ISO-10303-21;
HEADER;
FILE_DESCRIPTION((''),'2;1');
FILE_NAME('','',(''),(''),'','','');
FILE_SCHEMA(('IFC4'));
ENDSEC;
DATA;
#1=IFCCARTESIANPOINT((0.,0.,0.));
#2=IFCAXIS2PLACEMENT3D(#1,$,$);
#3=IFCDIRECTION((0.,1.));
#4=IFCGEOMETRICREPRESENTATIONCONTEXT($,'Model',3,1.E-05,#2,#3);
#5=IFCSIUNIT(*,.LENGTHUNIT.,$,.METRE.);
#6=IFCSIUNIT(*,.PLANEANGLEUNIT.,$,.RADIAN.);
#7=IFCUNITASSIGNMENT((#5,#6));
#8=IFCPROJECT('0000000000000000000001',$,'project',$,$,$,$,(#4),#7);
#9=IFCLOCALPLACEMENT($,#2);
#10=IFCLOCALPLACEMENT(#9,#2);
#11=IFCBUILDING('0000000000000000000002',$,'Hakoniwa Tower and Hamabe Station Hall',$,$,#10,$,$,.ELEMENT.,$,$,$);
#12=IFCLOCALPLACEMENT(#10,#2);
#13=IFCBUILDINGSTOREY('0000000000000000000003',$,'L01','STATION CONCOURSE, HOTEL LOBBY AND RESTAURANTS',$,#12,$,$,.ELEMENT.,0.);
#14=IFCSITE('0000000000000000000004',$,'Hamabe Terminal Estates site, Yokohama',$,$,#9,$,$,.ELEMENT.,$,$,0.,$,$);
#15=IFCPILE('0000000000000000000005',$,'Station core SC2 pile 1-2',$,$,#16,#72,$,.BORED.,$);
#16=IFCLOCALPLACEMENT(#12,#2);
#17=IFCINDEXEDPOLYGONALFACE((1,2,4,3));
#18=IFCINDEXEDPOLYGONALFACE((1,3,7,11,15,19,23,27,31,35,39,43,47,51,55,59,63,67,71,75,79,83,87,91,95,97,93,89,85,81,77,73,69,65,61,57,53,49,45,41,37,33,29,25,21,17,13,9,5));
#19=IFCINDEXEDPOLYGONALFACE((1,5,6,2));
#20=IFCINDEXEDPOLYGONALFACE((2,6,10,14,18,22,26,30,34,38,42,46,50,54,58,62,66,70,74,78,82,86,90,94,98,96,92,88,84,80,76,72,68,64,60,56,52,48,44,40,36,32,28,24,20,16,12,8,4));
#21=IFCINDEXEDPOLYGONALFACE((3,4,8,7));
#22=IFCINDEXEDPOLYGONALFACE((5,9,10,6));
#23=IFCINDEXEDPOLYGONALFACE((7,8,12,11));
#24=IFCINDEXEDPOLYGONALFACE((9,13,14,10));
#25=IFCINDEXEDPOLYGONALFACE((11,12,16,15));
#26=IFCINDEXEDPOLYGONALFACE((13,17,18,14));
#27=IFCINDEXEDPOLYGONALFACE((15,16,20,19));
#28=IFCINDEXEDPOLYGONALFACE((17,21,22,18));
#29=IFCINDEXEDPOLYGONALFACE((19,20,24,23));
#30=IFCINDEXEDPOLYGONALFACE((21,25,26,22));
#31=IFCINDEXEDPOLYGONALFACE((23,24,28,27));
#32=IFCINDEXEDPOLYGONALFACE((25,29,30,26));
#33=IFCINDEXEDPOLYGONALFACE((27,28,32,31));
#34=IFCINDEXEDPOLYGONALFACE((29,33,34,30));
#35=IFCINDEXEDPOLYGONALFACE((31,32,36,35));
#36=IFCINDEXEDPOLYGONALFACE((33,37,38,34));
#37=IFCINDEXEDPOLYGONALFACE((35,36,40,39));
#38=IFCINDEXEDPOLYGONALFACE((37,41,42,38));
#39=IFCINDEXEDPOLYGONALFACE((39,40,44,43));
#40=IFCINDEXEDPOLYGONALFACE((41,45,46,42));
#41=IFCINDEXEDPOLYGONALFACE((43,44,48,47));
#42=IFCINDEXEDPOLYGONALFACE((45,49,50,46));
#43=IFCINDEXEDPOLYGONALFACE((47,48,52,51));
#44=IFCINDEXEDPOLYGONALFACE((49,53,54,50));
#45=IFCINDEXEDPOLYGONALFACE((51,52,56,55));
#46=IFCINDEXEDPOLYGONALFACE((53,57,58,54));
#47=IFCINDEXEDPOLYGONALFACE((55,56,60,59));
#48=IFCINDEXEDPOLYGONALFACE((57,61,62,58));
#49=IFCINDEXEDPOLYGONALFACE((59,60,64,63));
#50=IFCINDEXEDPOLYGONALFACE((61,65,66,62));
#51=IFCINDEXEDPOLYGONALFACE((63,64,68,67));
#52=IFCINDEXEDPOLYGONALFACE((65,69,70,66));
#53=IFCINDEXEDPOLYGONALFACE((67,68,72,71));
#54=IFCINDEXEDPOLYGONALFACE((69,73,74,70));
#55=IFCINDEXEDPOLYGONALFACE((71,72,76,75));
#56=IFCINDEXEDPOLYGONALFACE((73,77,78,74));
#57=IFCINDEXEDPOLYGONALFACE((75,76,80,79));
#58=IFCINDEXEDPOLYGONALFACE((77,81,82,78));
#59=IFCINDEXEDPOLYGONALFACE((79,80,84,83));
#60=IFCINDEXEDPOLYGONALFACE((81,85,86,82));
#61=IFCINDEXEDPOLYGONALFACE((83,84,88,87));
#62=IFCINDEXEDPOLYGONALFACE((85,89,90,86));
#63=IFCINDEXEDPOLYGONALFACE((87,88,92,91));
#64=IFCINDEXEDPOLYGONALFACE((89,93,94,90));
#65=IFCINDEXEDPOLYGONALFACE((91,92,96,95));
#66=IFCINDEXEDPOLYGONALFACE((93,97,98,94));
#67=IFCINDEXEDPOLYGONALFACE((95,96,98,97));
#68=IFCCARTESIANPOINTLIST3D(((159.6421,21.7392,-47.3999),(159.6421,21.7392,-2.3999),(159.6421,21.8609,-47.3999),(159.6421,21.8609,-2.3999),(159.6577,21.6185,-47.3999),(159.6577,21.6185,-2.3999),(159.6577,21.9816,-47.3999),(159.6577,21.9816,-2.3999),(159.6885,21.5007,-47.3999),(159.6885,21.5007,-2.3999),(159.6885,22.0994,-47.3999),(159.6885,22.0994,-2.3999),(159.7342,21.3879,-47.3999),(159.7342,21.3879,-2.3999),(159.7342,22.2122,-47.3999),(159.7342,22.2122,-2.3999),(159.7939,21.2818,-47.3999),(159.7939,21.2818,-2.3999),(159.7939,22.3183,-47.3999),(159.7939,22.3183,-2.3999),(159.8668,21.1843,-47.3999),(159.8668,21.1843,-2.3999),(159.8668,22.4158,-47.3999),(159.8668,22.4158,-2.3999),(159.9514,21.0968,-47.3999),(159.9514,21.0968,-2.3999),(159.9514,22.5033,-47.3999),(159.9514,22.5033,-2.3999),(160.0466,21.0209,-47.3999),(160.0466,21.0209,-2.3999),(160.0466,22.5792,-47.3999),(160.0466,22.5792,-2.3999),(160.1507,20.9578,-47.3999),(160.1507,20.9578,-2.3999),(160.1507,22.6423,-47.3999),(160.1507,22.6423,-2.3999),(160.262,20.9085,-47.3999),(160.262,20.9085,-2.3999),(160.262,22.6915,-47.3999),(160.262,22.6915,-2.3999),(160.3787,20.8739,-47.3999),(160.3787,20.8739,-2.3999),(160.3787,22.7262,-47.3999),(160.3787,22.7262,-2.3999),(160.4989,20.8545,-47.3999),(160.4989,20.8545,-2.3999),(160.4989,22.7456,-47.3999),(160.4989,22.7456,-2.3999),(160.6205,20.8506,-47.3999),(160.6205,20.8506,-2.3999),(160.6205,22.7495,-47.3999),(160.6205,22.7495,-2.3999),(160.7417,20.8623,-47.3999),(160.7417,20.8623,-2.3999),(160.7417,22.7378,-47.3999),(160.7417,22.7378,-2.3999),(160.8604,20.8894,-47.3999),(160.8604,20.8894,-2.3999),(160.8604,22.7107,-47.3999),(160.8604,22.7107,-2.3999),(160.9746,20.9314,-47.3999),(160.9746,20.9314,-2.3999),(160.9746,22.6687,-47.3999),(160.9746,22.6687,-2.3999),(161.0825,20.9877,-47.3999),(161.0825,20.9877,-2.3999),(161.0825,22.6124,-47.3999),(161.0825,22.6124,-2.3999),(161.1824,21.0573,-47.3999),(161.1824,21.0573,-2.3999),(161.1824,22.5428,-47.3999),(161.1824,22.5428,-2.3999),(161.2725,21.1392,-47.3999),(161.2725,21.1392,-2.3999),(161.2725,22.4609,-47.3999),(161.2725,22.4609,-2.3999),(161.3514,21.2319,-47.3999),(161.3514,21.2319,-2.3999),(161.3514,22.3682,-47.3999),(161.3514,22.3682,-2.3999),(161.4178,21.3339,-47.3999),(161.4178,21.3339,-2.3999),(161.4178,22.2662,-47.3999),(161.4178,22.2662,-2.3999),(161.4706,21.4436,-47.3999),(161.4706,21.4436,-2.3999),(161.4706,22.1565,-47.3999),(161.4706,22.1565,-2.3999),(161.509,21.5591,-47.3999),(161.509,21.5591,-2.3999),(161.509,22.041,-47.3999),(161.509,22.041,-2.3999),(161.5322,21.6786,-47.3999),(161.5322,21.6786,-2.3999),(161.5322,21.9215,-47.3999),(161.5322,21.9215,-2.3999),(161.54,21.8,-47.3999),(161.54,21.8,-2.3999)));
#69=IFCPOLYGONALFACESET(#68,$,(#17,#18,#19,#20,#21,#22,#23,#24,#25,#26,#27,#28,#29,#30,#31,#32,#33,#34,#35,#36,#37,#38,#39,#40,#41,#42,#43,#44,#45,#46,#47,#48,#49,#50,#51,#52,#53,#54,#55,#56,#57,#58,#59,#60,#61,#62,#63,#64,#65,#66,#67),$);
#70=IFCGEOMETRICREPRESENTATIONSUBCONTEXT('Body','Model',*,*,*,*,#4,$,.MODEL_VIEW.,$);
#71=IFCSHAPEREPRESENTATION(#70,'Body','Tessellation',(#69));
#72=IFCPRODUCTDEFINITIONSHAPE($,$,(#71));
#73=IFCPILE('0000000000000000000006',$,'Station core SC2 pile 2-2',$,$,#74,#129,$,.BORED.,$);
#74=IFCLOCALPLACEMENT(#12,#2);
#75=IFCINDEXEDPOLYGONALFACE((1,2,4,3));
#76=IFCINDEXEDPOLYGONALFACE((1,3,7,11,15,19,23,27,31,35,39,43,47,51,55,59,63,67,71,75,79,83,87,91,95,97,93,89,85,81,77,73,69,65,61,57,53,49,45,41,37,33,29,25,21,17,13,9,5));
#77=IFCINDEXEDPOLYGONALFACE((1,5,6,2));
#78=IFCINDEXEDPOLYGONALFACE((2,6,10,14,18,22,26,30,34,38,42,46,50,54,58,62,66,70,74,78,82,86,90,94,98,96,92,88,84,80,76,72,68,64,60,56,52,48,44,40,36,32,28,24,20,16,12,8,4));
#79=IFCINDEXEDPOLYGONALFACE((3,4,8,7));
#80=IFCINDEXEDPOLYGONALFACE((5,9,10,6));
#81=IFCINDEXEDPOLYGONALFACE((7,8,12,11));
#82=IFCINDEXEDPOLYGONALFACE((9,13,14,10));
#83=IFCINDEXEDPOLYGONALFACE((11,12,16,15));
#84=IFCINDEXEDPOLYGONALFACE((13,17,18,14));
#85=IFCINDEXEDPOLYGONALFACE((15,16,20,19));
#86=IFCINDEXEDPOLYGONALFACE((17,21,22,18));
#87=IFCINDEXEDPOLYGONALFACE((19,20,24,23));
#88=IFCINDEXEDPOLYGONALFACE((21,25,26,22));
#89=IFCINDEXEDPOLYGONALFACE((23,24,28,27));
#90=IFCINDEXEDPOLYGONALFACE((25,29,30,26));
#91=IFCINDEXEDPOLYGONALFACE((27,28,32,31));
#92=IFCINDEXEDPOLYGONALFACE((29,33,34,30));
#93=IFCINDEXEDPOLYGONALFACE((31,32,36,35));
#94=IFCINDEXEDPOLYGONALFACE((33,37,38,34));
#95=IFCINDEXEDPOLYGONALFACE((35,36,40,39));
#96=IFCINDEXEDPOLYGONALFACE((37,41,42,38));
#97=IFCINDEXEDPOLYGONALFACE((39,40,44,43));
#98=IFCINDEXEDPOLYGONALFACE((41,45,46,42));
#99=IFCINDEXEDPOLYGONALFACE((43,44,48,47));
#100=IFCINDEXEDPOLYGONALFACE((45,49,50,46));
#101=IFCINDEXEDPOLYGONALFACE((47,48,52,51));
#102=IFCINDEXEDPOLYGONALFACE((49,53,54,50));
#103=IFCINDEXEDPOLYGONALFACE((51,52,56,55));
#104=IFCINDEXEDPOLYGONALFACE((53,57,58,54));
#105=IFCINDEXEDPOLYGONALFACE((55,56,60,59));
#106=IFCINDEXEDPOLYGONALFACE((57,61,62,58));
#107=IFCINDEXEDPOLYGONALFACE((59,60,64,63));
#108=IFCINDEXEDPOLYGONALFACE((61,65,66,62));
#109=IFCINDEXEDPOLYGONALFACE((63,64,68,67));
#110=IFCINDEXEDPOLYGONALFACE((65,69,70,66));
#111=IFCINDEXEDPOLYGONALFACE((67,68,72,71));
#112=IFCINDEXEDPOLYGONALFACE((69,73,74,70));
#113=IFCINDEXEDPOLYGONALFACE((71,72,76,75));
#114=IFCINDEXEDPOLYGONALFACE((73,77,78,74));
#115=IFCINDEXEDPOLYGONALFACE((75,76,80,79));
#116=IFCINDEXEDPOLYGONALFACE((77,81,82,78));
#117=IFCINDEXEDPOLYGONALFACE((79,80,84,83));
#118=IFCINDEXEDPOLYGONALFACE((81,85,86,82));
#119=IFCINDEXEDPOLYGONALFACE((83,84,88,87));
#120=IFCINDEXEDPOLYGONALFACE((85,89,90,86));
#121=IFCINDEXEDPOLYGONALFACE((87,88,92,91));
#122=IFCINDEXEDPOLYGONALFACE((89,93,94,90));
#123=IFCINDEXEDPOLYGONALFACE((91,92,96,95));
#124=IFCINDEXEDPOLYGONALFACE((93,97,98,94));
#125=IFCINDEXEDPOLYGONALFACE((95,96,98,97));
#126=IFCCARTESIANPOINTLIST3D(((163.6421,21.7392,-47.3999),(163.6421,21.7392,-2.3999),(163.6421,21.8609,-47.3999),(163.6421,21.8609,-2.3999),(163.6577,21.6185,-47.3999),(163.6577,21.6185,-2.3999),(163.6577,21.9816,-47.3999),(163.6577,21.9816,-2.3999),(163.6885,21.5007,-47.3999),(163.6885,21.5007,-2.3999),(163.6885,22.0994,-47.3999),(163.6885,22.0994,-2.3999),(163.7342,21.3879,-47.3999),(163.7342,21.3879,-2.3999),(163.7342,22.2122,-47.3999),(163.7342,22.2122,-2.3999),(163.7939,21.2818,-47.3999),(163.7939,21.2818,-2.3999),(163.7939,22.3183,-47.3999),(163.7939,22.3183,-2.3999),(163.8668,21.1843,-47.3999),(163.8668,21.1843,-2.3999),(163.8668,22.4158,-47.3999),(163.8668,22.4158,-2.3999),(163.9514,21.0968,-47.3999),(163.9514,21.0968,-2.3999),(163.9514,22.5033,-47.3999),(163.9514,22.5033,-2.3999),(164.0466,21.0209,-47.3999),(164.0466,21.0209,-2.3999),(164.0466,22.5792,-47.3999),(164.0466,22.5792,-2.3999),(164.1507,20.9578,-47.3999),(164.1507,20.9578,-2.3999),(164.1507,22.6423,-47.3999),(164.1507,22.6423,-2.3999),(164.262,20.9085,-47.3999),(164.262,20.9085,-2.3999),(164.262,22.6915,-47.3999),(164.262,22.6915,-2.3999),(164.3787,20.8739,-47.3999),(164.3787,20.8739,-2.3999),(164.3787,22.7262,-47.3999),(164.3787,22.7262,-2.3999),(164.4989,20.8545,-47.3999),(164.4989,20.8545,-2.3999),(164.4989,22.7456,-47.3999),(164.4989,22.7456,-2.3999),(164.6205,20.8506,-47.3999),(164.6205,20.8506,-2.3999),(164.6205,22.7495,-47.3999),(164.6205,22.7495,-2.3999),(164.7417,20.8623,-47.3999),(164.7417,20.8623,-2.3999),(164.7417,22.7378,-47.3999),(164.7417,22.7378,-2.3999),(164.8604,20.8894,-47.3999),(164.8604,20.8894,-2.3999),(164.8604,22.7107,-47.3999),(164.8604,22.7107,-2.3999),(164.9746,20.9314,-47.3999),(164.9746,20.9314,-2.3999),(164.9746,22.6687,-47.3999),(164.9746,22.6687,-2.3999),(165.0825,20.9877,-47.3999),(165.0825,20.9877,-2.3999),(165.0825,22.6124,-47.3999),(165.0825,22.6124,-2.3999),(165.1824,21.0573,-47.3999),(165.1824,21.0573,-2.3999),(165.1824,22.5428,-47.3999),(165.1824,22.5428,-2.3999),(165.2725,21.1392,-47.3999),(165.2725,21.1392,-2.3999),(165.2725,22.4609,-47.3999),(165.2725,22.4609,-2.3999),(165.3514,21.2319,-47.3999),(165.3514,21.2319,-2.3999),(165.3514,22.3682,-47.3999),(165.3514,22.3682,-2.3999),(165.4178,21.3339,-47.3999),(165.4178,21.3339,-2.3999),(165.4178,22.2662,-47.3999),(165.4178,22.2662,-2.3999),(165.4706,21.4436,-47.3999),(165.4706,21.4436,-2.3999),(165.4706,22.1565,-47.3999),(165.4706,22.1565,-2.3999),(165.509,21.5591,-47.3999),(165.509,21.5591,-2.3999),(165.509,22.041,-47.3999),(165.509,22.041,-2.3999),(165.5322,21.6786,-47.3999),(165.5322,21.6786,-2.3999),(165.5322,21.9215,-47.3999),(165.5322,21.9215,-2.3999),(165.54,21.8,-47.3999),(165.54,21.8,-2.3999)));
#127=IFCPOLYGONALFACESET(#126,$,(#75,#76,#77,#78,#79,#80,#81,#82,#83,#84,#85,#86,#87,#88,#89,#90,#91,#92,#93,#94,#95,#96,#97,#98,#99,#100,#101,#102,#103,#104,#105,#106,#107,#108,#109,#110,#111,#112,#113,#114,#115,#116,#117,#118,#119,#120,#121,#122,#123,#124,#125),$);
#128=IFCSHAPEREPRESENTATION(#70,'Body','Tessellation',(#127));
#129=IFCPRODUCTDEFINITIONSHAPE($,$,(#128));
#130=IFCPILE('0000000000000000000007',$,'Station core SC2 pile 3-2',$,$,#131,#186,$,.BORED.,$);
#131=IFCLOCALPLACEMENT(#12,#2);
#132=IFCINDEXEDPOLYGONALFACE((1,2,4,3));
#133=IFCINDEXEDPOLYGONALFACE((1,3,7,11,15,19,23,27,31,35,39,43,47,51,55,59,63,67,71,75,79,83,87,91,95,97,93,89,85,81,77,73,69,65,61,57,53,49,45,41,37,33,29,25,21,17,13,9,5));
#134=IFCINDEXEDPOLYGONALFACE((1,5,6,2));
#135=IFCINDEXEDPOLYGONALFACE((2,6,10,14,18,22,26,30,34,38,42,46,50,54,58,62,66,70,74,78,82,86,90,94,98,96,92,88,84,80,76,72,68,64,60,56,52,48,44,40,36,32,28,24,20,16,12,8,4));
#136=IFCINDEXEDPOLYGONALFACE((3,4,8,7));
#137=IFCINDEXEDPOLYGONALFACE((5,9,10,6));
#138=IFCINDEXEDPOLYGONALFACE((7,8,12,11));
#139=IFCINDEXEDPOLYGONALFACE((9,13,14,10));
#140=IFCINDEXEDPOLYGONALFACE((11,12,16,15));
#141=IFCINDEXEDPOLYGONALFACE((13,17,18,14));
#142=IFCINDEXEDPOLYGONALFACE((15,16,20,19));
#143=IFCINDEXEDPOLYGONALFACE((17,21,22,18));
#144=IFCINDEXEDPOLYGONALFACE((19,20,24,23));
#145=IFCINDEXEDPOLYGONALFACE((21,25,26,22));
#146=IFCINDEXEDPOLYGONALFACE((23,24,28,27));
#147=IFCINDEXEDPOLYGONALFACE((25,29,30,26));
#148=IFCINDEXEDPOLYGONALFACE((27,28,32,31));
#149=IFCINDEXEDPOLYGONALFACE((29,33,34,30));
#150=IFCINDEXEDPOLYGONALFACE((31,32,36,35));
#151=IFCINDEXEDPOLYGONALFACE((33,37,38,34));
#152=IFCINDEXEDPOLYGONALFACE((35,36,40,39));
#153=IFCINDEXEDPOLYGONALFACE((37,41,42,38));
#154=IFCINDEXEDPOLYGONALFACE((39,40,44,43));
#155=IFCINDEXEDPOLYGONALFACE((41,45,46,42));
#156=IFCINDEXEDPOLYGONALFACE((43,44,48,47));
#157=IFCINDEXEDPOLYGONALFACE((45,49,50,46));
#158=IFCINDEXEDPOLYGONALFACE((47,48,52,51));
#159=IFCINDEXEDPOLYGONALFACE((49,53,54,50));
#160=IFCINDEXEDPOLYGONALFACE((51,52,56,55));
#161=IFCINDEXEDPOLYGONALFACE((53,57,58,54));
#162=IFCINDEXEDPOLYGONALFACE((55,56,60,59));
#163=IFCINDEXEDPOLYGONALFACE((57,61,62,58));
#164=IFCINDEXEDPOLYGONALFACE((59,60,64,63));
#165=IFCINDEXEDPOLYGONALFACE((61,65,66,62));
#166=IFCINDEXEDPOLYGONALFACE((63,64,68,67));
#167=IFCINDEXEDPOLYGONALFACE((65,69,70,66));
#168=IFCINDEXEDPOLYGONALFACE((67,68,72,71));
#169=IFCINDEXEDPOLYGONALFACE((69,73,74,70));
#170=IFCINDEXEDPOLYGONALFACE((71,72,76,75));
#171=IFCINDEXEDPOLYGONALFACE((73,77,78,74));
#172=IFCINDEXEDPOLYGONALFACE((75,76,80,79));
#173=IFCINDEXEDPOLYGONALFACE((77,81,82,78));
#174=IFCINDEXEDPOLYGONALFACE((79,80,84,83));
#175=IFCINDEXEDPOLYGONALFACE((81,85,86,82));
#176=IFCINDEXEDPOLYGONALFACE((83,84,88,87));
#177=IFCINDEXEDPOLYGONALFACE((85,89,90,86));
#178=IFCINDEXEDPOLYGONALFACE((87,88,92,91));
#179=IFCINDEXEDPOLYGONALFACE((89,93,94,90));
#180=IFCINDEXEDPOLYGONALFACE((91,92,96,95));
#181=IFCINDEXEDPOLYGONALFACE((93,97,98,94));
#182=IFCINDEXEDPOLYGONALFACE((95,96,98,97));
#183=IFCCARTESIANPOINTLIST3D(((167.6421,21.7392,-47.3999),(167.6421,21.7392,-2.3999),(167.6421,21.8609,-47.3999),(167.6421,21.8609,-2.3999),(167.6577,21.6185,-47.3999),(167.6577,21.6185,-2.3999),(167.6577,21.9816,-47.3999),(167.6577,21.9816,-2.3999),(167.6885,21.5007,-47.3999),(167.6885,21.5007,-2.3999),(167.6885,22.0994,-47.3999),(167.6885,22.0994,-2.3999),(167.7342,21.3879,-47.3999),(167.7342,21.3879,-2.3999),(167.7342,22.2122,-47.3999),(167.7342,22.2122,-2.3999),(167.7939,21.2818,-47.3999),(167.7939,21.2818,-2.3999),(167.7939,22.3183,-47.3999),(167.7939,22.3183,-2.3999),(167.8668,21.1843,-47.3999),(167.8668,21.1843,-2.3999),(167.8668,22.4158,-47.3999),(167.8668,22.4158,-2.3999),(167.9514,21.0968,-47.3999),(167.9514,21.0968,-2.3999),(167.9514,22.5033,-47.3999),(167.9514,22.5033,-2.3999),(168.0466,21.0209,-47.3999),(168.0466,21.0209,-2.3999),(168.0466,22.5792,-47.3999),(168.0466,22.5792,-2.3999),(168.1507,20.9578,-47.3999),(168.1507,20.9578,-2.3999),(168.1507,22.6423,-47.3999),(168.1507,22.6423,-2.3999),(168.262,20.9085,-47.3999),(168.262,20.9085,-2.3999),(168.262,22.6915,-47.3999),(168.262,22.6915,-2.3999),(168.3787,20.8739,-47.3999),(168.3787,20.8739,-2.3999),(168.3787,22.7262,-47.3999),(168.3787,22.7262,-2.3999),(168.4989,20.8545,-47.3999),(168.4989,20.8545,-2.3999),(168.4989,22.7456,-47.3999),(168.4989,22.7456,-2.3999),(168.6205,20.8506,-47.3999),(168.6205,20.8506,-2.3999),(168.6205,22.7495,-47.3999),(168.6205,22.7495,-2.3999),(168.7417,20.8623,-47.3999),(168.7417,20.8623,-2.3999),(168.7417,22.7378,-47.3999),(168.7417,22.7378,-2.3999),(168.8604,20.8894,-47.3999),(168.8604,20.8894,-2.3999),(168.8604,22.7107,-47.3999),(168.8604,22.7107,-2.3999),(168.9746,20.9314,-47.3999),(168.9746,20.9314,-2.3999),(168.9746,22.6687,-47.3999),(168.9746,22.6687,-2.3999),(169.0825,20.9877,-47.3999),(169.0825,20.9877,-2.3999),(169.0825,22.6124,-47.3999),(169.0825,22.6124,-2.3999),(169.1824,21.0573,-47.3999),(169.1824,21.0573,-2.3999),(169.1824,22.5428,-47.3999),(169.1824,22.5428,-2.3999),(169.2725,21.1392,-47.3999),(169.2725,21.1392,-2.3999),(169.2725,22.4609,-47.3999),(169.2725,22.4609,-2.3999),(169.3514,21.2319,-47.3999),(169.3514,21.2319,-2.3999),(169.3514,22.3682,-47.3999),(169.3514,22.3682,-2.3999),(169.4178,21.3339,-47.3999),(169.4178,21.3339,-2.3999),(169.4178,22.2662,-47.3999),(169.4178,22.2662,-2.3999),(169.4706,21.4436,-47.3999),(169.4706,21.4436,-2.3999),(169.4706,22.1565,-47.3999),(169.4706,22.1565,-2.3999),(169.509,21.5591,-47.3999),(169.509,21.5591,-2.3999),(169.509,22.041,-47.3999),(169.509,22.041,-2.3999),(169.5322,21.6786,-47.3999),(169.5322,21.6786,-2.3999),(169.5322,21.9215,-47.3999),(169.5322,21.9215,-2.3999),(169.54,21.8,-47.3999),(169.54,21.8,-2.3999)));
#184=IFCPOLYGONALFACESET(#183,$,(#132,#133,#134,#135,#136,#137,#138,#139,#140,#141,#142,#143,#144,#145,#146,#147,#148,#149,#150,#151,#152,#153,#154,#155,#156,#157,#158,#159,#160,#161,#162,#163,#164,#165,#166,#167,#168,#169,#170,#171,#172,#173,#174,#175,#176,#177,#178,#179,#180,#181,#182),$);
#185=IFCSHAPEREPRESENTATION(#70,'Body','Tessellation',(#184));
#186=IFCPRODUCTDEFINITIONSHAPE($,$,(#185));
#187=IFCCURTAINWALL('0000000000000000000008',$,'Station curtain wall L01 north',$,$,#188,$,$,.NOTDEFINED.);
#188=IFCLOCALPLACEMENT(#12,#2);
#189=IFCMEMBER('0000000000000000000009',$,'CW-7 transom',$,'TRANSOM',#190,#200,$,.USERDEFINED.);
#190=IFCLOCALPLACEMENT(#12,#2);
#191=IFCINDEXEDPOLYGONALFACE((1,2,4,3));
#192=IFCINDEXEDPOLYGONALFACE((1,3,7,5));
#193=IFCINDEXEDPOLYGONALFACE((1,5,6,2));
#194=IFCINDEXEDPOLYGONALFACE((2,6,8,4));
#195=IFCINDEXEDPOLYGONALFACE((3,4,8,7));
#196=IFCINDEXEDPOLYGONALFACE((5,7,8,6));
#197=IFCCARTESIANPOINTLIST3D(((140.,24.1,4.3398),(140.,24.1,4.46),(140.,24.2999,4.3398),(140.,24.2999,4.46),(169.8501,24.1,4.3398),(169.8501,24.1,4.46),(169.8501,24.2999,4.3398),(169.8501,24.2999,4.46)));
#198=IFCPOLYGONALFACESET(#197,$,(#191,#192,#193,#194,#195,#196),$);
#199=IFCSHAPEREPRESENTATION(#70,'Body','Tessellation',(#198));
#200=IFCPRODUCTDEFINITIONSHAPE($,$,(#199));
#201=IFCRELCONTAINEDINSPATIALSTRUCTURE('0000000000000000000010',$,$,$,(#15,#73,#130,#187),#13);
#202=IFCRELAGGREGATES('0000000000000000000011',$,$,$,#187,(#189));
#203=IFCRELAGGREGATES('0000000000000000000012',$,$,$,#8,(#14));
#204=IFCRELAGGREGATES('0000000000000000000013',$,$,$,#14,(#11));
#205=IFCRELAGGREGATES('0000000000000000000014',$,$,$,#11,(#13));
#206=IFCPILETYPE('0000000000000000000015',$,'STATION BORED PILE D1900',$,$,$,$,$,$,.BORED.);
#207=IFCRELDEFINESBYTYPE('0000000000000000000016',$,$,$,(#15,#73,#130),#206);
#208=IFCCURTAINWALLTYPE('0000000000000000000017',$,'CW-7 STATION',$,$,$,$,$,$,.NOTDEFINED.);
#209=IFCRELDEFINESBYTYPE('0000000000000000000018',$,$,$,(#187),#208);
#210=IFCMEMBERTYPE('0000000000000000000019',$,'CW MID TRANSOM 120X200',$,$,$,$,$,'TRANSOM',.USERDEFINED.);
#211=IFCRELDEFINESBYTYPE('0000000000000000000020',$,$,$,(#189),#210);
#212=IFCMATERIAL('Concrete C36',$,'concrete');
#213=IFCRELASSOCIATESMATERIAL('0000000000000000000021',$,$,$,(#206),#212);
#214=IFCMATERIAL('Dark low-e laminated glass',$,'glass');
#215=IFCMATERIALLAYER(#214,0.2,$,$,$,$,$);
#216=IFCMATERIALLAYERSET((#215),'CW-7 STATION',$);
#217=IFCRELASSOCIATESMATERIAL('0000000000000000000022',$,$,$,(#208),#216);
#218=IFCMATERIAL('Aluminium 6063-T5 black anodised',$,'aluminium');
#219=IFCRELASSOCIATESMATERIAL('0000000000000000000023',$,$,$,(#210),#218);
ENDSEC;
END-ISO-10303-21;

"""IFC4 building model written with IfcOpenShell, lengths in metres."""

from ifc_helpers import new_model, si_unit, direction, frame, origin, origin_2d, place, context, subcontext, project, spatial, rectangle, circle, extrude, material, layer, layer_set, material_profile, profile_set, type_object, element, aggregate, save


model = new_model("IFC4")

# Units and contexts
model_context = context("Model", 3, precision=1e-05, world=origin(), true_north=direction((0.0, 1.0)))
body_context = subcontext(model_context, "Body", "Model", "MODEL_VIEW")
ifc_project = project(units=[si_unit("LENGTHUNIT", "METRE"), si_unit("PLANEANGLEUNIT", "RADIAN")], contexts=[model_context])

# Site, building, storey
site_placement = place(None, origin())
site = spatial("IfcSite", under=ifc_project, at=site_placement, Name="Hamabe Terminal Estates site, Yokohama", CompositionType="ELEMENT", RefElevation=0.0)
building_placement = place(site_placement, origin())
building = spatial("IfcBuilding", under=site, at=building_placement, Name="Hakoniwa Tower and Hamabe Station Hall", CompositionType="ELEMENT")
storey_placement = place(building_placement, origin())
storey = spatial("IfcBuildingStorey", under=building, at=storey_placement, Name="L01", Description="STATION CONCOURSE, HOTEL LOBBY AND RESTAURANTS", CompositionType="ELEMENT", Elevation=0.0)

# Piles
ifc_material_1 = material(Name="Concrete C36", Category="concrete")
ifc_material_profile_1 = material_profile(ifc_material_1, circle(Radius=0.95, at=origin_2d()), Name="STATION BORED PILE D1900")
ifc_profile_set_1 = profile_set([ifc_material_profile_1], Name="Concrete C36")
pile_type = type_object("IfcPileType", Name="STATION BORED PILE D1900", PredefinedType="BORED", material=ifc_profile_set_1)
for number, where, z_axis, x_axis, name in (
    (1, (160.5901, 21.8, -2.3999), (0.0, 0.0, -1.0), (1.0, 0.0, 0.0), "Station core SC2 pile 1-2"),
    (2, (164.5901, 21.8, -2.3999), (0.0, 0.0, -1.0), (1.0, 0.0, 0.0), "Station core SC2 pile 2-2"),
    (3, (168.5901, 21.8, -2.3999), (0.0, 0.0, -1.0), (1.0, 0.0, 0.0), "Station core SC2 pile 3-2"),
):
    element("IfcPile", number, at=place(storey_placement, frame(where, z_axis=z_axis, x_axis=x_axis)), inside=storey, type_object=pile_type, Name=name, PredefinedType="BORED", context=body_context, shape_type="SweptSolid", body=[
        extrude(circle(Radius=0.95, at=origin_2d()), origin(), (0.0, 0.0, 1.0), 45.0),
    ])

# Curtain wall, member
ifc_material_2 = material(Name="Dark low-e laminated glass", Category="glass")
ifc_layer_1 = layer(ifc_material_2, 0.2)
ifc_layer_set_1 = layer_set([ifc_layer_1], Name="CW-7 STATION")
curtain_wall_type = type_object("IfcCurtainWallType", Name="CW-7 STATION", PredefinedType="NOTDEFINED", material=ifc_layer_set_1)
curtain_wall_1_placement = place(storey_placement, origin())
curtain_wall_1 = element("IfcCurtainWall", 4, at=curtain_wall_1_placement, inside=storey, type_object=curtain_wall_type, Name="Station curtain wall L01 north", PredefinedType="NOTDEFINED")
ifc_material_3 = material(Name="Aluminium 6063-T5 black anodised", Category="aluminium")
ifc_material_profile_2 = material_profile(ifc_material_3, rectangle(XDim=0.2, YDim=0.1201, at=origin_2d()), Name="CW MID TRANSOM 120X200")
ifc_profile_set_2 = profile_set([ifc_material_profile_2], Name="Aluminium 6063-T5 black anodised")
member_type_1 = type_object("IfcMemberType", Name="CW MID TRANSOM 120X200", ElementType="TRANSOM", PredefinedType="USERDEFINED", material=ifc_profile_set_2)
member_1_placement = place(storey_placement, frame((169.8501, 24.2, 4.3999), z_axis=(-1.0, 0.0, 0.0), x_axis=(0.0, -1.0, 0.0)))
member_1 = element("IfcMember", 5, at=member_1_placement, type_object=member_type_1, Name="CW-7 transom", ObjectType="TRANSOM", PredefinedType="USERDEFINED", context=body_context, shape_type="SweptSolid", body=[
    extrude(rectangle(XDim=0.2, YDim=0.1201, at=origin_2d()), origin(), (0.0, 0.0, 1.0), 29.8501),
])

aggregate(curtain_wall_1, [member_1])

save(model, "model.ifc")
